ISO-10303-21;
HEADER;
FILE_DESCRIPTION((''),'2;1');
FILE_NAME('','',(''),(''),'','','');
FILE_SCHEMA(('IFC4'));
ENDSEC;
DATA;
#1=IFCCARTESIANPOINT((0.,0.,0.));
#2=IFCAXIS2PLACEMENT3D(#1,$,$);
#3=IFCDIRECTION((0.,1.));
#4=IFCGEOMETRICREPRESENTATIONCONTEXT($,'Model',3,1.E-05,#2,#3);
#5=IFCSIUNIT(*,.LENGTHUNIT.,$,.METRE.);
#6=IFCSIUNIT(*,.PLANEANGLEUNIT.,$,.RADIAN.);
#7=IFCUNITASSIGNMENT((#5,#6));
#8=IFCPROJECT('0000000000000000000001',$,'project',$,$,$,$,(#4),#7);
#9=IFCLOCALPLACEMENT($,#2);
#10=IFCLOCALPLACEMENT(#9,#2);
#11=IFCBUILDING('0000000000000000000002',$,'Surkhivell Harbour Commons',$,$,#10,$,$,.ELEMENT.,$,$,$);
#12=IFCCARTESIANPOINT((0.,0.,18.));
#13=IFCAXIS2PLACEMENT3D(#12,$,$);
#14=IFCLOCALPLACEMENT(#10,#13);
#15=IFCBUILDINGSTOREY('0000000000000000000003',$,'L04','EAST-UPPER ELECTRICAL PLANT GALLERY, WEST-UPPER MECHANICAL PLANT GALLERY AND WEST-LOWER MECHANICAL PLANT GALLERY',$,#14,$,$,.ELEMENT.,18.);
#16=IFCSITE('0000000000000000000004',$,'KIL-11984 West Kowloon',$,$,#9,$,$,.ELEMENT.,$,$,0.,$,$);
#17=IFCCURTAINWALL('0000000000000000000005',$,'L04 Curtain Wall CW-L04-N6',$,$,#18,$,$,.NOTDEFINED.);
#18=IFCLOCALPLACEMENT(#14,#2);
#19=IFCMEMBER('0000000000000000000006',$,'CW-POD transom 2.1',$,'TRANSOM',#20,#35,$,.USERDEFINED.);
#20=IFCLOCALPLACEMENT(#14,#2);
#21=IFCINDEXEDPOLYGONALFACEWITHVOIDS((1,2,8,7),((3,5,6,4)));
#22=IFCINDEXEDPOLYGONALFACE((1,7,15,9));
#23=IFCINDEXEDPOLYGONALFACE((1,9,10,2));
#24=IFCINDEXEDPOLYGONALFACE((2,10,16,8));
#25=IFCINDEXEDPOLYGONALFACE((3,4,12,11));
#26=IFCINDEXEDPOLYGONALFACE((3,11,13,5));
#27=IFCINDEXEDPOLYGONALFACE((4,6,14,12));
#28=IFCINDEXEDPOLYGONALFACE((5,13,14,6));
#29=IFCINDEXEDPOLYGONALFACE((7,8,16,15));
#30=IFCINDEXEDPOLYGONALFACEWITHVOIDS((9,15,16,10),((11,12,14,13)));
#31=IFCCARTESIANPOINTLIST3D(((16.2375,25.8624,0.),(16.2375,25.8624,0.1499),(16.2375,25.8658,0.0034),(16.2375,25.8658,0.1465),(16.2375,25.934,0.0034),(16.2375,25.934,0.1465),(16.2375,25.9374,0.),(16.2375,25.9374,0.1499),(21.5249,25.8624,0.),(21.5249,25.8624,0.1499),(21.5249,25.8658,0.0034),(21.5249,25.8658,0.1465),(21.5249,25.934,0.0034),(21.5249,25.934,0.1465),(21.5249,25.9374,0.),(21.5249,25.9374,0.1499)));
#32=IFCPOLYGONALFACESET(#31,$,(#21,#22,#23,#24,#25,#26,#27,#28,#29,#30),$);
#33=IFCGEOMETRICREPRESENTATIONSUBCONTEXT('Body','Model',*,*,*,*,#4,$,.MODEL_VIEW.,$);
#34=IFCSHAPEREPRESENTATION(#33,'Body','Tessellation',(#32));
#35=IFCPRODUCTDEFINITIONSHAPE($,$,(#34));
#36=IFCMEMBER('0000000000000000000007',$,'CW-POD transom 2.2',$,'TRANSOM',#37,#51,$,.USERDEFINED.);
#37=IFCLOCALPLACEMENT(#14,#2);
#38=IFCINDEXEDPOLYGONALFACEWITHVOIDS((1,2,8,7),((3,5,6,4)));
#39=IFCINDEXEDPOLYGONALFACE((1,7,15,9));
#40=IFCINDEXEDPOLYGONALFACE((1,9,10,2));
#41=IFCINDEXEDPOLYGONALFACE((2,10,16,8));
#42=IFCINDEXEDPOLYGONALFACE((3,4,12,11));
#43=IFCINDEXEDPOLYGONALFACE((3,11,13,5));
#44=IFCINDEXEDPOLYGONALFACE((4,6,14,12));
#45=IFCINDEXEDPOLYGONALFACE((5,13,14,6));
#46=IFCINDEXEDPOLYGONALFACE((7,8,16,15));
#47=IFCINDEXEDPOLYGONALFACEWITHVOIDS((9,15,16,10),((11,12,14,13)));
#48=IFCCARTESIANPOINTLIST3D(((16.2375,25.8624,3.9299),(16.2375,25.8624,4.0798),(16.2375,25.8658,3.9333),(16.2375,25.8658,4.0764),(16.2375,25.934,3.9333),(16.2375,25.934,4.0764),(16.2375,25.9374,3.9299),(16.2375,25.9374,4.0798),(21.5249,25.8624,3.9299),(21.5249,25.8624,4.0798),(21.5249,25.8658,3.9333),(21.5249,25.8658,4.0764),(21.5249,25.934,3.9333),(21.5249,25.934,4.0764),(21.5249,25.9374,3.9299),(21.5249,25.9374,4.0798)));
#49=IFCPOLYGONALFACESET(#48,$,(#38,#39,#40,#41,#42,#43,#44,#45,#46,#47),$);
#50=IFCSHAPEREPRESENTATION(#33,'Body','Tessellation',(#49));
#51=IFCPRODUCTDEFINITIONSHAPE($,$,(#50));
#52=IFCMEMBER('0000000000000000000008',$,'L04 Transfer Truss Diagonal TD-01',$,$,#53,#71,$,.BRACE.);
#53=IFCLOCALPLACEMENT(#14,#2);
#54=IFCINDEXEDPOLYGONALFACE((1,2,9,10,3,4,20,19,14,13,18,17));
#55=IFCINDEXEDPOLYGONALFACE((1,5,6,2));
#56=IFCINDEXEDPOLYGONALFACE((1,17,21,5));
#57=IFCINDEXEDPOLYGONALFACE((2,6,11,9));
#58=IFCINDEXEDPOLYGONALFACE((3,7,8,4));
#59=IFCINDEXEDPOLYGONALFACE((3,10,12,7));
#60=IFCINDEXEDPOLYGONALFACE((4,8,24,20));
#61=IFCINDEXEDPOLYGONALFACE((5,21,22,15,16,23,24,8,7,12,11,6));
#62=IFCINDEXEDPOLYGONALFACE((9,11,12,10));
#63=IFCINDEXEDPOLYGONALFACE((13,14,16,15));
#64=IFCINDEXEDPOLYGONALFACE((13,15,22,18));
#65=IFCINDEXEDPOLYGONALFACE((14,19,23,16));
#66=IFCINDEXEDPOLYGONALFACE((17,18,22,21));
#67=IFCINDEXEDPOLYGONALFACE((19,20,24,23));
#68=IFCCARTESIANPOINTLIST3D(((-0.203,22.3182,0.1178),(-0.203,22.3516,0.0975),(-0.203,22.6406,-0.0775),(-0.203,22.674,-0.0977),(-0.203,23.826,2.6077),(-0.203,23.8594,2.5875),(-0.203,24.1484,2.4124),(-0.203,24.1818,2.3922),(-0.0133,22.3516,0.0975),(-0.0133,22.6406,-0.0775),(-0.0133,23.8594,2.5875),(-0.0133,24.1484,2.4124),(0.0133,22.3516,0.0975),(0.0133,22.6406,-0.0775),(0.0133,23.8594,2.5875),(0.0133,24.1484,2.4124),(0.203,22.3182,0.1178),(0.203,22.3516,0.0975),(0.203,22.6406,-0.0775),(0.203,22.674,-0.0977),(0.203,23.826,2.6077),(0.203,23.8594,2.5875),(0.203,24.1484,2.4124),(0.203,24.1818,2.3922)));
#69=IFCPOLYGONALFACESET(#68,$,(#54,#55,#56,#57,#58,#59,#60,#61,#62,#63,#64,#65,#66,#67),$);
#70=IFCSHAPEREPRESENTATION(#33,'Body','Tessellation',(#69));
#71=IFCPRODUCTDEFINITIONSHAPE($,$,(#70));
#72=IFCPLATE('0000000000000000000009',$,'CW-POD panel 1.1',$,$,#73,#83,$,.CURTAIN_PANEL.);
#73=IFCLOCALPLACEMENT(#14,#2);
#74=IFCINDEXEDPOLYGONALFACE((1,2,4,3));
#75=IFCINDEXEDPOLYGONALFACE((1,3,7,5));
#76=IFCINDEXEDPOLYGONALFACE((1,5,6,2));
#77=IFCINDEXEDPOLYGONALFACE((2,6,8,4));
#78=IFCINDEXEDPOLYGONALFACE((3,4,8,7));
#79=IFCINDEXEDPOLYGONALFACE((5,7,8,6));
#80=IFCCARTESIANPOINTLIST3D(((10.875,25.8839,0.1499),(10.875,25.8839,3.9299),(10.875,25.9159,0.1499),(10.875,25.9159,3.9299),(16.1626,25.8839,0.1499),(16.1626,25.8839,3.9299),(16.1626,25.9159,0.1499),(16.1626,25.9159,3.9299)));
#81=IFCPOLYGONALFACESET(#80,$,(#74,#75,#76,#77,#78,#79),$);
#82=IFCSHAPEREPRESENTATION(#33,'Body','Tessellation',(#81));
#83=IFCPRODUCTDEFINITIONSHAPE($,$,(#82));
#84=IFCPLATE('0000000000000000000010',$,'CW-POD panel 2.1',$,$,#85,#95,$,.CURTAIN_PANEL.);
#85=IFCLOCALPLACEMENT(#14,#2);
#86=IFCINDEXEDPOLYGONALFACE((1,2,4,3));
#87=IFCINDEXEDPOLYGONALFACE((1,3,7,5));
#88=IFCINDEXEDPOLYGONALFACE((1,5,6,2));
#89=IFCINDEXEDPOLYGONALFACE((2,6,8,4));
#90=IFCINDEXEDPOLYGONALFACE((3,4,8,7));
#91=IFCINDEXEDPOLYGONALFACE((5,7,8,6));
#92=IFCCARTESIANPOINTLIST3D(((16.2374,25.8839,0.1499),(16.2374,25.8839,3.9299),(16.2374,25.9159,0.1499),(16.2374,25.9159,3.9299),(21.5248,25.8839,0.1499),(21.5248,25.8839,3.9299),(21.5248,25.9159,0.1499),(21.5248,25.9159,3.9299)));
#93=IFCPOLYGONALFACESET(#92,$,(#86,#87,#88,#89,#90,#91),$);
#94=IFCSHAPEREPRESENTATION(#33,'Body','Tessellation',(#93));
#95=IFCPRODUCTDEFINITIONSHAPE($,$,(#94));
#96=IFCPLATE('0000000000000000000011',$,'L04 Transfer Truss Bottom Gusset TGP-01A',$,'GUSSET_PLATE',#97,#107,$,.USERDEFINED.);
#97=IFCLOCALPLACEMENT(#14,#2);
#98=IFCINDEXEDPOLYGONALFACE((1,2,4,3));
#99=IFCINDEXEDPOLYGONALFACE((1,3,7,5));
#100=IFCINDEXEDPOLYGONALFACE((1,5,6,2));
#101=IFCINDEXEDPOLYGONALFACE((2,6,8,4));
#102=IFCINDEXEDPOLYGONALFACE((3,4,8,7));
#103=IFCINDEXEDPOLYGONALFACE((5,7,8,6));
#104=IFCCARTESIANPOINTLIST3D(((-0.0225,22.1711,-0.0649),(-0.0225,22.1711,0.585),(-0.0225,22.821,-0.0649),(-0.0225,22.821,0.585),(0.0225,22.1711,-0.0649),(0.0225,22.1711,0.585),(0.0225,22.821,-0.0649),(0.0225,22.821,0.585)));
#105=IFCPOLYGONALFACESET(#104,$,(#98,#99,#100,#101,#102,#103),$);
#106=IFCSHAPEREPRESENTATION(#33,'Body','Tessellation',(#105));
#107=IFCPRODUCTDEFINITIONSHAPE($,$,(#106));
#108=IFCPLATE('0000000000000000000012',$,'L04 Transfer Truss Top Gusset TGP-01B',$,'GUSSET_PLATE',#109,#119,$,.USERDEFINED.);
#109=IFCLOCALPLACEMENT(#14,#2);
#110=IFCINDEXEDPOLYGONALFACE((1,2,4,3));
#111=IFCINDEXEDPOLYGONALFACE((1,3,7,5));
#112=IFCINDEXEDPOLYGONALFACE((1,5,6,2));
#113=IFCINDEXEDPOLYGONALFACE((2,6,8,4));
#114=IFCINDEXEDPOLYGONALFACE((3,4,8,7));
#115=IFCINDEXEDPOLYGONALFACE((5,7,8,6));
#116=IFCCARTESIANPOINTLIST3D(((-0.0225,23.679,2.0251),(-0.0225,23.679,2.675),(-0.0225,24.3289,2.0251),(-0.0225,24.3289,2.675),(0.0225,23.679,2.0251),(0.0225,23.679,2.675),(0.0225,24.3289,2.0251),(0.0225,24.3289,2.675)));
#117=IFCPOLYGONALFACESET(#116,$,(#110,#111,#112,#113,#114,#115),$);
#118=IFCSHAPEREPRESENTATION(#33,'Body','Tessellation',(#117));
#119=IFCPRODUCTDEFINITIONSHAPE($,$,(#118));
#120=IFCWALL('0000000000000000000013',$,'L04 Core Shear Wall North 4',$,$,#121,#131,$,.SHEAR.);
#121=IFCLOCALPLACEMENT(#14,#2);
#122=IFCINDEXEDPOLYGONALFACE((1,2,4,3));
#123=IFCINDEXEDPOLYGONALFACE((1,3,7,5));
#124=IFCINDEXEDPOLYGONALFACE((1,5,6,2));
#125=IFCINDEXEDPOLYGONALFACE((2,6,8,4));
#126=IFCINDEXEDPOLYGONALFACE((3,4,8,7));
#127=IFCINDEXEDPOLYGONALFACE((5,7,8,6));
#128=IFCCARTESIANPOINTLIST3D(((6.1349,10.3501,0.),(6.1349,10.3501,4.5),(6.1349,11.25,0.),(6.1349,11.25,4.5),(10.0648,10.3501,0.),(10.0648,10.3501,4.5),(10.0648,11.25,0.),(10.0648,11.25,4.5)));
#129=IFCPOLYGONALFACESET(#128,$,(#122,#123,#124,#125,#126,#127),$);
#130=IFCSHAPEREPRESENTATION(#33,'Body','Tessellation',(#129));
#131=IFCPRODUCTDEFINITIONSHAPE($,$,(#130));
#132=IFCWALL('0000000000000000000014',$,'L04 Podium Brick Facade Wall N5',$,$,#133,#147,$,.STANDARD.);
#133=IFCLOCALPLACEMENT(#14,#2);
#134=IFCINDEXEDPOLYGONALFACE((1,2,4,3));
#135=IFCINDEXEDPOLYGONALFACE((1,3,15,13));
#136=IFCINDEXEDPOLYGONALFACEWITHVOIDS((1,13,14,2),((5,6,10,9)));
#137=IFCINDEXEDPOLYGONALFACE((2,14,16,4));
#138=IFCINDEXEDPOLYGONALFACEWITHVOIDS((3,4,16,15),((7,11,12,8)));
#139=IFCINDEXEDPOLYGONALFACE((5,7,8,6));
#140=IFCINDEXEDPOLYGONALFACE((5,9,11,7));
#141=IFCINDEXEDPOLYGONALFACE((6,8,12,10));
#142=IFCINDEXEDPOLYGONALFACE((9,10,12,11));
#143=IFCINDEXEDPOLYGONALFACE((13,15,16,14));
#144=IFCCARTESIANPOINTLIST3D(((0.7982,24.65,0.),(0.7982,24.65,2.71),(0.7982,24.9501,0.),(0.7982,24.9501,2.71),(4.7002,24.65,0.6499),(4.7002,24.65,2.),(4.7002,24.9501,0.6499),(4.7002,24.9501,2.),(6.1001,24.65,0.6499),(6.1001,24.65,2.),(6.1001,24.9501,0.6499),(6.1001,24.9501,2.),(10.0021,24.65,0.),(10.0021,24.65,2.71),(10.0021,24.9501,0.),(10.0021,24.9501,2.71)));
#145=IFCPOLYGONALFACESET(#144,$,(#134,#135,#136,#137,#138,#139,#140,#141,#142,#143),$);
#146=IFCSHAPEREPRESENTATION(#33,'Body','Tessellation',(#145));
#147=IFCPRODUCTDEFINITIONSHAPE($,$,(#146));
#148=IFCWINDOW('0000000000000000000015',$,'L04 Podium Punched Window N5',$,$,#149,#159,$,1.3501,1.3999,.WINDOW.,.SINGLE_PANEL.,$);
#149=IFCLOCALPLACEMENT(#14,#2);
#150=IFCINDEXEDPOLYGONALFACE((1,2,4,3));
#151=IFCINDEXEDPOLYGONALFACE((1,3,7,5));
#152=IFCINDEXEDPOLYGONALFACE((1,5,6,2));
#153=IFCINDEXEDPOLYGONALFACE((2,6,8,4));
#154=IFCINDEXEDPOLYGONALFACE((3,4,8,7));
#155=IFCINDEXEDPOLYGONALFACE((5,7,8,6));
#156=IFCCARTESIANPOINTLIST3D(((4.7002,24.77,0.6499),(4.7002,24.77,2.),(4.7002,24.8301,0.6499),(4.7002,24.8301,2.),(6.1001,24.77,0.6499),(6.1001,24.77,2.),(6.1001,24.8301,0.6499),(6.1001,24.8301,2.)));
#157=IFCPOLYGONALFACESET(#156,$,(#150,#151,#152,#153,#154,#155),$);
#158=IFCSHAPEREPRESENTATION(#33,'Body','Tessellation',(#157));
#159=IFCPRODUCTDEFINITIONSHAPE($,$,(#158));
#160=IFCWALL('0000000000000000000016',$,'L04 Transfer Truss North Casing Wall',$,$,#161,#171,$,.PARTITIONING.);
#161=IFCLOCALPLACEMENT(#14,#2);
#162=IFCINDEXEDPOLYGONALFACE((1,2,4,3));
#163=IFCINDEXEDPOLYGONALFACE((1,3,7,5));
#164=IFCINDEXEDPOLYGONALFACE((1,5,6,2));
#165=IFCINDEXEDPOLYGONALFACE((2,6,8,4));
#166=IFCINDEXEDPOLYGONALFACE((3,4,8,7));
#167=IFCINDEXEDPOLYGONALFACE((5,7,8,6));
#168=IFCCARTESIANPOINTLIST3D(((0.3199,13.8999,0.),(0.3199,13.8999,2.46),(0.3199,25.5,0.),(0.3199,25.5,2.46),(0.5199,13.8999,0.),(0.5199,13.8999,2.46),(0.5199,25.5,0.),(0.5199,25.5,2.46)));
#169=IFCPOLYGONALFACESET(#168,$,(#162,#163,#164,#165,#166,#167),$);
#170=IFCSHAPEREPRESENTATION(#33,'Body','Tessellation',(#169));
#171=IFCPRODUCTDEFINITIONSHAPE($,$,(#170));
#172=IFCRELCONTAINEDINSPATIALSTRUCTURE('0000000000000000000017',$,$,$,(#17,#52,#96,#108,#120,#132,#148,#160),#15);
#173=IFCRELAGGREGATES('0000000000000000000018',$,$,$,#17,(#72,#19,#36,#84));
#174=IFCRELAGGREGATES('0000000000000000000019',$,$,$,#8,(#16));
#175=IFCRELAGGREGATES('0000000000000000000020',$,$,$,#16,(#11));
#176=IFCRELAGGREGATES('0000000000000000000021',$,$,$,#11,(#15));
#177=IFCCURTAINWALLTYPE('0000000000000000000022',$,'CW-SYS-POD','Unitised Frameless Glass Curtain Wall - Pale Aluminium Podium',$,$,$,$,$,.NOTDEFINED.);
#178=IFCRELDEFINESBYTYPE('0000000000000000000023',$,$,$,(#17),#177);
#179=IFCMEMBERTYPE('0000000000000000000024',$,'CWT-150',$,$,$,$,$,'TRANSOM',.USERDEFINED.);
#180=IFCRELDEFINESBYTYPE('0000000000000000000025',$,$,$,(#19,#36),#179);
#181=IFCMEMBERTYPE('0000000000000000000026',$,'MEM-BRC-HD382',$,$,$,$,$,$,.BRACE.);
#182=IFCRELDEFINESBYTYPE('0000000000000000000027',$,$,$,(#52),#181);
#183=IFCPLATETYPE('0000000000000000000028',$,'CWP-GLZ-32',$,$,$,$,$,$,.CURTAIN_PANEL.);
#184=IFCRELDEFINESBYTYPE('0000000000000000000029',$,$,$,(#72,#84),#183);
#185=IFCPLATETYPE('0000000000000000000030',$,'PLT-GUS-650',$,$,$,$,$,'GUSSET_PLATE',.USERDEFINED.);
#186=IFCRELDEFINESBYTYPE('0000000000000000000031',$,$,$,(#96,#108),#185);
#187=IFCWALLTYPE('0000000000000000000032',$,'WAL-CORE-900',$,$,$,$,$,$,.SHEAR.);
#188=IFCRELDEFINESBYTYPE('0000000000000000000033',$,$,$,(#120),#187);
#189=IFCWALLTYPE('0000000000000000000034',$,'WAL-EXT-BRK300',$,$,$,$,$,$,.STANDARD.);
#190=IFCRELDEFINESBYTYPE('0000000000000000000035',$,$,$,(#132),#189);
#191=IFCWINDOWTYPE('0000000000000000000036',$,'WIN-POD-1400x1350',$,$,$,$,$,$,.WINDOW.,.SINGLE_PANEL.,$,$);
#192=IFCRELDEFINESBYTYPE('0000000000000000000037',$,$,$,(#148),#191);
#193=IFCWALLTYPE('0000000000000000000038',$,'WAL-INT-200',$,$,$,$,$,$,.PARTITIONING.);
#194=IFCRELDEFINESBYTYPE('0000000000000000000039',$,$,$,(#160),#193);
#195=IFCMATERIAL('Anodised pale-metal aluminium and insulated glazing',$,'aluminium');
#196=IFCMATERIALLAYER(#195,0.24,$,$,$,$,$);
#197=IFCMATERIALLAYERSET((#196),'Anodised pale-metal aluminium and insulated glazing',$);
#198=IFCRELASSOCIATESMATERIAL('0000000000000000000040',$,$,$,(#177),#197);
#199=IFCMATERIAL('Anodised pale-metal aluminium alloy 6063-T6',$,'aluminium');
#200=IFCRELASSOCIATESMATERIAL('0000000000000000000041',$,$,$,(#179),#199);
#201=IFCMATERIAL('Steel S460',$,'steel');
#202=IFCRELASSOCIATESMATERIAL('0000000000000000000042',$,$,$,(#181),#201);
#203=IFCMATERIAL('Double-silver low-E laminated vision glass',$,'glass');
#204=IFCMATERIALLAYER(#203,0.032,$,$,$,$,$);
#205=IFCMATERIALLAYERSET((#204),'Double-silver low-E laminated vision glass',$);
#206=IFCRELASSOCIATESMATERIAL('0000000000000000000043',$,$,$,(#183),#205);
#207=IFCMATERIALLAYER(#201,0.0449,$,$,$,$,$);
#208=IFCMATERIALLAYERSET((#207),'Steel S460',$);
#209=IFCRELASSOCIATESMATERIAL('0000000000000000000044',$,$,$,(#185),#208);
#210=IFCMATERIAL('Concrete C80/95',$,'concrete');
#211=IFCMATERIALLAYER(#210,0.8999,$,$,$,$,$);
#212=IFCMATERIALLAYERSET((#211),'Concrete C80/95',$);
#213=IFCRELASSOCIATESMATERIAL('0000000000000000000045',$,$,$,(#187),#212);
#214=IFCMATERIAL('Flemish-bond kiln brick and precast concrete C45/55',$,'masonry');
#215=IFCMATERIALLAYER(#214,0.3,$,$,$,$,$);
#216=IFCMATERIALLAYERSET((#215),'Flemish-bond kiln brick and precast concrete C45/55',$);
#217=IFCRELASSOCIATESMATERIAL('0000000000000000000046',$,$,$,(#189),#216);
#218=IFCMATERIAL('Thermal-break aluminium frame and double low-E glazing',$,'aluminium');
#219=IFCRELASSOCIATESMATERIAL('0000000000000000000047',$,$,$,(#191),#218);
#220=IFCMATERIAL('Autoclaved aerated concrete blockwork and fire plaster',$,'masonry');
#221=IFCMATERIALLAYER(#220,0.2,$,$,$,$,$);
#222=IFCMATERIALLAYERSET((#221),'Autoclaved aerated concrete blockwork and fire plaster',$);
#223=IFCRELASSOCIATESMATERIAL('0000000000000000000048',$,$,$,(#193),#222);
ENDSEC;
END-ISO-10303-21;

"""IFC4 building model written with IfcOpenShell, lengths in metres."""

from ifc_helpers import new_model, si_unit, direction, frame, frame_2d, origin, origin_2d, place, context, subcontext, project, spatial, rectangle, hollow_rectangle, i_section, extrude, material, layer, layer_set, material_profile, profile_set, type_object, element, fill, aggregate, save


model = new_model("IFC4")

# Units and contexts
model_context = context("Model", 3, precision=1e-05, world=origin(), true_north=direction((0.0, 1.0)))
body_context = subcontext(model_context, "Body", "Model", "MODEL_VIEW")
ifc_project = project(units=[si_unit("LENGTHUNIT", "METRE"), si_unit("PLANEANGLEUNIT", "RADIAN")], contexts=[model_context])

# Site, building, storey
site_placement = place(None, origin())
site = spatial("IfcSite", under=ifc_project, at=site_placement, Name="KIL-11984 West Kowloon", CompositionType="ELEMENT", RefElevation=0.0)
building_placement = place(site_placement, origin())
building = spatial("IfcBuilding", under=site, at=building_placement, Name="Surkhivell Harbour Commons", CompositionType="ELEMENT")
storey_placement = place(building_placement, frame((0.0, 0.0, 18.0)))
storey = spatial("IfcBuildingStorey", under=building, at=storey_placement, Name="L04", Description="EAST-UPPER ELECTRICAL PLANT GALLERY, WEST-UPPER MECHANICAL PLANT GALLERY AND WEST-LOWER MECHANICAL PLANT GALLERY", CompositionType="ELEMENT", Elevation=18.0)

# Shared definitions
ifc_material_1 = material(Name="Concrete C80/95", Category="concrete")

# Shared definitions
ifc_material_2 = material(Name="Steel S460", Category="steel")

# Curtain wall, members
ifc_material_3 = material(Name="Anodised pale-metal aluminium and insulated glazing", Category="aluminium")
ifc_layer_1 = layer(ifc_material_3, 0.24)
ifc_layer_set_1 = layer_set([ifc_layer_1], Name="Anodised pale-metal aluminium and insulated glazing")
curtain_wall_type = type_object("IfcCurtainWallType", Name="CW-SYS-POD", Description="Unitised Frameless Glass Curtain Wall - Pale Aluminium Podium", PredefinedType="NOTDEFINED", material=ifc_layer_set_1)
curtain_wall_placement = place(storey_placement, origin())
curtain_wall = element("IfcCurtainWall", 1, at=curtain_wall_placement, inside=storey, type_object=curtain_wall_type, Name="L04 Curtain Wall CW-L04-N6", PredefinedType="NOTDEFINED")
ifc_material_4 = material(Name="Anodised pale-metal aluminium alloy 6063-T6", Category="aluminium")
ifc_material_profile_1 = material_profile(ifc_material_4, hollow_rectangle(XDim=0.075, YDim=0.1499, WallThickness=0.0034, at=origin_2d()), Name="ALU-TRAN-75x150")
ifc_profile_set_1 = profile_set([ifc_material_profile_1], Name="Anodised pale-metal aluminium alloy 6063-T6")
member_type_1 = type_object("IfcMemberType", Name="CWT-150", ElementType="TRANSOM", PredefinedType="USERDEFINED", material=ifc_profile_set_1)
member_1_placement = place(storey_placement, frame((16.2375, 25.8999, 0.075), z_axis=(1.0, 0.0, 0.0), x_axis=(0.0, 1.0, 0.0)))
member_1 = element("IfcMember", 2, at=member_1_placement, type_object=member_type_1, Name="CW-POD transom 2.1", ObjectType="TRANSOM", PredefinedType="USERDEFINED", context=body_context, shape_type="SweptSolid", body=[
    extrude(hollow_rectangle(XDim=0.075, YDim=0.1499, WallThickness=0.0034, at=origin_2d()), origin(), (0.0, 0.0, 1.0), 5.2874),
])
member_2_placement = place(storey_placement, frame((16.2375, 25.8999, 4.0049), z_axis=(1.0, 0.0, 0.0), x_axis=(0.0, 1.0, 0.0)))
member_2 = element("IfcMember", 3, at=member_2_placement, type_object=member_type_1, Name="CW-POD transom 2.2", ObjectType="TRANSOM", PredefinedType="USERDEFINED", context=body_context, shape_type="SweptSolid", body=[
    extrude(hollow_rectangle(XDim=0.075, YDim=0.1499, WallThickness=0.0034, at=origin_2d()), origin(), (0.0, 0.0, 1.0), 5.2874),
])

# Member
ifc_material_profile_2 = material_profile(ifc_material_2, i_section(OverallWidth=0.406, OverallDepth=0.416, WebThickness=0.0266, FlangeThickness=0.0391, at=origin_2d()), Name="HD400x382")
ifc_profile_set_2 = profile_set([ifc_material_profile_2], Name="Steel S460")
member_type_2 = type_object("IfcMemberType", Name="MEM-BRC-HD382", PredefinedType="BRACE", material=ifc_profile_set_2)
member_3_placement = place(storey_placement, frame((0.0, 22.4961, 0.01), z_axis=(0.0, 0.517982, 0.855392), x_axis=(-1.0, 0.0, 0.0)))
element("IfcMember", 4, at=member_3_placement, inside=storey, type_object=member_type_2, Name="L04 Transfer Truss Diagonal TD-01", PredefinedType="BRACE", context=body_context, shape_type="SweptSolid", body=[
    extrude(i_section(OverallWidth=0.406, OverallDepth=0.416, WebThickness=0.0266, FlangeThickness=0.0391, at=origin_2d()), origin(), (0.0, 0.0, 1.0), 2.9109),
])

# Plates
ifc_material_5 = material(Name="Double-silver low-E laminated vision glass", Category="glass")
ifc_layer_2 = layer(ifc_material_5, 0.032)
ifc_layer_set_2 = layer_set([ifc_layer_2], Name="Double-silver low-E laminated vision glass")
plate_type_1 = type_object("IfcPlateType", Name="CWP-GLZ-32", PredefinedType="CURTAIN_PANEL", material=ifc_layer_set_2)
plate_1_placement = place(storey_placement, frame((10.875, 25.8999, 0.1499), z_axis=(0.0, 0.0, 1.0), x_axis=(1.0, 0.0, 0.0)))
plate_1 = element("IfcPlate", 5, at=plate_1_placement, type_object=plate_type_1, Name="CW-POD panel 1.1", PredefinedType="CURTAIN_PANEL", context=body_context, shape_type="SweptSolid", body=[
    extrude(rectangle(XDim=5.2876, YDim=0.032, at=frame_2d((2.6438, 0.0))), origin(), (0.0, 0.0, 1.0), 3.78),
])
plate_2_placement = place(storey_placement, frame((16.2375, 25.8999, 0.1499), z_axis=(0.0, 0.0, 1.0), x_axis=(1.0, 0.0, 0.0)))
plate_2 = element("IfcPlate", 6, at=plate_2_placement, type_object=plate_type_1, Name="CW-POD panel 2.1", PredefinedType="CURTAIN_PANEL", context=body_context, shape_type="SweptSolid", body=[
    extrude(rectangle(XDim=5.2874, YDim=0.032, at=frame_2d((2.6436, 0.0))), origin(), (0.0, 0.0, 1.0), 3.78),
])
aggregate(curtain_wall, [plate_1, member_1, member_2, plate_2])

# Plates
ifc_layer_3 = layer(ifc_material_2, 0.0449)
ifc_layer_set_3 = layer_set([ifc_layer_3], Name="Steel S460")
plate_type_2 = type_object("IfcPlateType", Name="PLT-GUS-650", ElementType="GUSSET_PLATE", PredefinedType="USERDEFINED", material=ifc_layer_set_3)
for number, where, z_axis, x_axis, name in (
    (7, (0.0, 22.4961, -0.0649), (0.0, 0.0, 1.0), (0.0, 1.0, 0.0), "L04 Transfer Truss Bottom Gusset TGP-01A"),
    (8, (0.0, 24.0039, 2.0251), (0.0, 0.0, 1.0), (0.0, 1.0, 0.0), "L04 Transfer Truss Top Gusset TGP-01B"),
):
    element("IfcPlate", number, at=place(storey_placement, frame(where, z_axis=z_axis, x_axis=x_axis)), inside=storey, type_object=plate_type_2, Name=name, ObjectType="GUSSET_PLATE", PredefinedType="USERDEFINED", context=body_context, shape_type="SweptSolid", body=[
        extrude(rectangle(XDim=0.6499, YDim=0.0449, at=origin_2d()), origin(), (0.0, 0.0, 1.0), 0.6499),
    ])

# Wall
ifc_layer_4 = layer(ifc_material_1, 0.8999)
ifc_layer_set_4 = layer_set([ifc_layer_4], Name="Concrete C80/95")
wall_type_1 = type_object("IfcWallType", Name="WAL-CORE-900", PredefinedType="SHEAR", material=ifc_layer_set_4)
wall_1_placement = place(storey_placement, frame((6.135, 10.8, 0.0), z_axis=(0.0, 0.0, 1.0), x_axis=(1.0, 0.0, 0.0)))
element("IfcWall", 9, at=wall_1_placement, inside=storey, type_object=wall_type_1, Name="L04 Core Shear Wall North 4", PredefinedType="SHEAR", context=body_context, shape_type="SweptSolid", body=[
    extrude(rectangle(XDim=3.9299, YDim=0.8999, at=frame_2d((1.9648, 0.0))), origin(), (0.0, 0.0, 1.0), 4.5),
])

# Wall, opening, window
ifc_material_6 = material(Name="Flemish-bond kiln brick and precast concrete C45/55", Category="masonry")
ifc_layer_5 = layer(ifc_material_6, 0.3)
ifc_layer_set_5 = layer_set([ifc_layer_5], Name="Flemish-bond kiln brick and precast concrete C45/55")
wall_type_2 = type_object("IfcWallType", Name="WAL-EXT-BRK300", PredefinedType="STANDARD", material=ifc_layer_set_5)
wall_2_placement = place(storey_placement, frame((0.7981, 24.8, 0.0), z_axis=(0.0, 0.0, 1.0), x_axis=(1.0, 0.0, 0.0)))
wall_2 = element("IfcWall", 10, at=wall_2_placement, inside=storey, type_object=wall_type_2, Name="L04 Podium Brick Facade Wall N5", PredefinedType="STANDARD", context=body_context, shape_type="SweptSolid", body=[
    extrude(rectangle(XDim=9.2039, YDim=0.3, at=frame_2d((4.6021, 0.0))), origin(), (0.0, 0.0, 1.0), 2.71),
])
opening_placement = place(wall_2_placement, frame((3.9021, 0.0, 0.6499)))
opening = element("IfcOpeningElement", 11, at=opening_placement, cuts=wall_2, PredefinedType="OPENING", context=body_context, shape_type="SweptSolid", body=[
    extrude(rectangle(XDim=1.3999, YDim=1.3501, at=frame_2d((0.7, 0.675))), frame((0.0, 0.1599, 0.0), z_axis=(0.0, -1.0, 0.0), x_axis=(1.0, 0.0, 0.0)), (0.0, 0.0, 1.0), 0.3201),
])
ifc_material_7 = material(Name="Thermal-break aluminium frame and double low-E glazing", Category="aluminium")
window_type = type_object("IfcWindowType", Name="WIN-POD-1400x1350", PartitioningType="SINGLE_PANEL", PredefinedType="WINDOW", material=ifc_material_7)
window_placement = place(opening_placement, origin())
window = element("IfcWindow", 12, at=window_placement, inside=storey, type_object=window_type, Name="L04 Podium Punched Window N5", OverallHeight=1.3501, OverallWidth=1.3999, PartitioningType="SINGLE_PANEL", PredefinedType="WINDOW", context=body_context, shape_type="SweptSolid", body=[
    extrude(rectangle(XDim=1.3999, YDim=1.3501, at=frame_2d((0.7, 0.675))), frame((0.0, 0.03, 0.0), z_axis=(0.0, -1.0, 0.0), x_axis=(1.0, 0.0, 0.0)), (0.0, 0.0, 1.0), 0.0601),
])
fill(opening, window)

# Wall
ifc_material_8 = material(Name="Autoclaved aerated concrete blockwork and fire plaster", Category="masonry")
ifc_layer_6 = layer(ifc_material_8, 0.2)
ifc_layer_set_6 = layer_set([ifc_layer_6], Name="Autoclaved aerated concrete blockwork and fire plaster")
wall_type_3 = type_object("IfcWallType", Name="WAL-INT-200", PredefinedType="PARTITIONING", material=ifc_layer_set_6)
wall_3_placement = place(storey_placement, frame((0.4199, 13.8999, 0.0), z_axis=(0.0, 0.0, 1.0), x_axis=(0.0, 1.0, 0.0)))
element("IfcWall", 13, at=wall_3_placement, inside=storey, type_object=wall_type_3, Name="L04 Transfer Truss North Casing Wall", PredefinedType="PARTITIONING", context=body_context, shape_type="SweptSolid", body=[
    extrude(rectangle(XDim=11.6001, YDim=0.2, at=frame_2d((5.8, 0.0))), origin(), (0.0, 0.0, 1.0), 2.46),
])

save(model, "model.ifc")
